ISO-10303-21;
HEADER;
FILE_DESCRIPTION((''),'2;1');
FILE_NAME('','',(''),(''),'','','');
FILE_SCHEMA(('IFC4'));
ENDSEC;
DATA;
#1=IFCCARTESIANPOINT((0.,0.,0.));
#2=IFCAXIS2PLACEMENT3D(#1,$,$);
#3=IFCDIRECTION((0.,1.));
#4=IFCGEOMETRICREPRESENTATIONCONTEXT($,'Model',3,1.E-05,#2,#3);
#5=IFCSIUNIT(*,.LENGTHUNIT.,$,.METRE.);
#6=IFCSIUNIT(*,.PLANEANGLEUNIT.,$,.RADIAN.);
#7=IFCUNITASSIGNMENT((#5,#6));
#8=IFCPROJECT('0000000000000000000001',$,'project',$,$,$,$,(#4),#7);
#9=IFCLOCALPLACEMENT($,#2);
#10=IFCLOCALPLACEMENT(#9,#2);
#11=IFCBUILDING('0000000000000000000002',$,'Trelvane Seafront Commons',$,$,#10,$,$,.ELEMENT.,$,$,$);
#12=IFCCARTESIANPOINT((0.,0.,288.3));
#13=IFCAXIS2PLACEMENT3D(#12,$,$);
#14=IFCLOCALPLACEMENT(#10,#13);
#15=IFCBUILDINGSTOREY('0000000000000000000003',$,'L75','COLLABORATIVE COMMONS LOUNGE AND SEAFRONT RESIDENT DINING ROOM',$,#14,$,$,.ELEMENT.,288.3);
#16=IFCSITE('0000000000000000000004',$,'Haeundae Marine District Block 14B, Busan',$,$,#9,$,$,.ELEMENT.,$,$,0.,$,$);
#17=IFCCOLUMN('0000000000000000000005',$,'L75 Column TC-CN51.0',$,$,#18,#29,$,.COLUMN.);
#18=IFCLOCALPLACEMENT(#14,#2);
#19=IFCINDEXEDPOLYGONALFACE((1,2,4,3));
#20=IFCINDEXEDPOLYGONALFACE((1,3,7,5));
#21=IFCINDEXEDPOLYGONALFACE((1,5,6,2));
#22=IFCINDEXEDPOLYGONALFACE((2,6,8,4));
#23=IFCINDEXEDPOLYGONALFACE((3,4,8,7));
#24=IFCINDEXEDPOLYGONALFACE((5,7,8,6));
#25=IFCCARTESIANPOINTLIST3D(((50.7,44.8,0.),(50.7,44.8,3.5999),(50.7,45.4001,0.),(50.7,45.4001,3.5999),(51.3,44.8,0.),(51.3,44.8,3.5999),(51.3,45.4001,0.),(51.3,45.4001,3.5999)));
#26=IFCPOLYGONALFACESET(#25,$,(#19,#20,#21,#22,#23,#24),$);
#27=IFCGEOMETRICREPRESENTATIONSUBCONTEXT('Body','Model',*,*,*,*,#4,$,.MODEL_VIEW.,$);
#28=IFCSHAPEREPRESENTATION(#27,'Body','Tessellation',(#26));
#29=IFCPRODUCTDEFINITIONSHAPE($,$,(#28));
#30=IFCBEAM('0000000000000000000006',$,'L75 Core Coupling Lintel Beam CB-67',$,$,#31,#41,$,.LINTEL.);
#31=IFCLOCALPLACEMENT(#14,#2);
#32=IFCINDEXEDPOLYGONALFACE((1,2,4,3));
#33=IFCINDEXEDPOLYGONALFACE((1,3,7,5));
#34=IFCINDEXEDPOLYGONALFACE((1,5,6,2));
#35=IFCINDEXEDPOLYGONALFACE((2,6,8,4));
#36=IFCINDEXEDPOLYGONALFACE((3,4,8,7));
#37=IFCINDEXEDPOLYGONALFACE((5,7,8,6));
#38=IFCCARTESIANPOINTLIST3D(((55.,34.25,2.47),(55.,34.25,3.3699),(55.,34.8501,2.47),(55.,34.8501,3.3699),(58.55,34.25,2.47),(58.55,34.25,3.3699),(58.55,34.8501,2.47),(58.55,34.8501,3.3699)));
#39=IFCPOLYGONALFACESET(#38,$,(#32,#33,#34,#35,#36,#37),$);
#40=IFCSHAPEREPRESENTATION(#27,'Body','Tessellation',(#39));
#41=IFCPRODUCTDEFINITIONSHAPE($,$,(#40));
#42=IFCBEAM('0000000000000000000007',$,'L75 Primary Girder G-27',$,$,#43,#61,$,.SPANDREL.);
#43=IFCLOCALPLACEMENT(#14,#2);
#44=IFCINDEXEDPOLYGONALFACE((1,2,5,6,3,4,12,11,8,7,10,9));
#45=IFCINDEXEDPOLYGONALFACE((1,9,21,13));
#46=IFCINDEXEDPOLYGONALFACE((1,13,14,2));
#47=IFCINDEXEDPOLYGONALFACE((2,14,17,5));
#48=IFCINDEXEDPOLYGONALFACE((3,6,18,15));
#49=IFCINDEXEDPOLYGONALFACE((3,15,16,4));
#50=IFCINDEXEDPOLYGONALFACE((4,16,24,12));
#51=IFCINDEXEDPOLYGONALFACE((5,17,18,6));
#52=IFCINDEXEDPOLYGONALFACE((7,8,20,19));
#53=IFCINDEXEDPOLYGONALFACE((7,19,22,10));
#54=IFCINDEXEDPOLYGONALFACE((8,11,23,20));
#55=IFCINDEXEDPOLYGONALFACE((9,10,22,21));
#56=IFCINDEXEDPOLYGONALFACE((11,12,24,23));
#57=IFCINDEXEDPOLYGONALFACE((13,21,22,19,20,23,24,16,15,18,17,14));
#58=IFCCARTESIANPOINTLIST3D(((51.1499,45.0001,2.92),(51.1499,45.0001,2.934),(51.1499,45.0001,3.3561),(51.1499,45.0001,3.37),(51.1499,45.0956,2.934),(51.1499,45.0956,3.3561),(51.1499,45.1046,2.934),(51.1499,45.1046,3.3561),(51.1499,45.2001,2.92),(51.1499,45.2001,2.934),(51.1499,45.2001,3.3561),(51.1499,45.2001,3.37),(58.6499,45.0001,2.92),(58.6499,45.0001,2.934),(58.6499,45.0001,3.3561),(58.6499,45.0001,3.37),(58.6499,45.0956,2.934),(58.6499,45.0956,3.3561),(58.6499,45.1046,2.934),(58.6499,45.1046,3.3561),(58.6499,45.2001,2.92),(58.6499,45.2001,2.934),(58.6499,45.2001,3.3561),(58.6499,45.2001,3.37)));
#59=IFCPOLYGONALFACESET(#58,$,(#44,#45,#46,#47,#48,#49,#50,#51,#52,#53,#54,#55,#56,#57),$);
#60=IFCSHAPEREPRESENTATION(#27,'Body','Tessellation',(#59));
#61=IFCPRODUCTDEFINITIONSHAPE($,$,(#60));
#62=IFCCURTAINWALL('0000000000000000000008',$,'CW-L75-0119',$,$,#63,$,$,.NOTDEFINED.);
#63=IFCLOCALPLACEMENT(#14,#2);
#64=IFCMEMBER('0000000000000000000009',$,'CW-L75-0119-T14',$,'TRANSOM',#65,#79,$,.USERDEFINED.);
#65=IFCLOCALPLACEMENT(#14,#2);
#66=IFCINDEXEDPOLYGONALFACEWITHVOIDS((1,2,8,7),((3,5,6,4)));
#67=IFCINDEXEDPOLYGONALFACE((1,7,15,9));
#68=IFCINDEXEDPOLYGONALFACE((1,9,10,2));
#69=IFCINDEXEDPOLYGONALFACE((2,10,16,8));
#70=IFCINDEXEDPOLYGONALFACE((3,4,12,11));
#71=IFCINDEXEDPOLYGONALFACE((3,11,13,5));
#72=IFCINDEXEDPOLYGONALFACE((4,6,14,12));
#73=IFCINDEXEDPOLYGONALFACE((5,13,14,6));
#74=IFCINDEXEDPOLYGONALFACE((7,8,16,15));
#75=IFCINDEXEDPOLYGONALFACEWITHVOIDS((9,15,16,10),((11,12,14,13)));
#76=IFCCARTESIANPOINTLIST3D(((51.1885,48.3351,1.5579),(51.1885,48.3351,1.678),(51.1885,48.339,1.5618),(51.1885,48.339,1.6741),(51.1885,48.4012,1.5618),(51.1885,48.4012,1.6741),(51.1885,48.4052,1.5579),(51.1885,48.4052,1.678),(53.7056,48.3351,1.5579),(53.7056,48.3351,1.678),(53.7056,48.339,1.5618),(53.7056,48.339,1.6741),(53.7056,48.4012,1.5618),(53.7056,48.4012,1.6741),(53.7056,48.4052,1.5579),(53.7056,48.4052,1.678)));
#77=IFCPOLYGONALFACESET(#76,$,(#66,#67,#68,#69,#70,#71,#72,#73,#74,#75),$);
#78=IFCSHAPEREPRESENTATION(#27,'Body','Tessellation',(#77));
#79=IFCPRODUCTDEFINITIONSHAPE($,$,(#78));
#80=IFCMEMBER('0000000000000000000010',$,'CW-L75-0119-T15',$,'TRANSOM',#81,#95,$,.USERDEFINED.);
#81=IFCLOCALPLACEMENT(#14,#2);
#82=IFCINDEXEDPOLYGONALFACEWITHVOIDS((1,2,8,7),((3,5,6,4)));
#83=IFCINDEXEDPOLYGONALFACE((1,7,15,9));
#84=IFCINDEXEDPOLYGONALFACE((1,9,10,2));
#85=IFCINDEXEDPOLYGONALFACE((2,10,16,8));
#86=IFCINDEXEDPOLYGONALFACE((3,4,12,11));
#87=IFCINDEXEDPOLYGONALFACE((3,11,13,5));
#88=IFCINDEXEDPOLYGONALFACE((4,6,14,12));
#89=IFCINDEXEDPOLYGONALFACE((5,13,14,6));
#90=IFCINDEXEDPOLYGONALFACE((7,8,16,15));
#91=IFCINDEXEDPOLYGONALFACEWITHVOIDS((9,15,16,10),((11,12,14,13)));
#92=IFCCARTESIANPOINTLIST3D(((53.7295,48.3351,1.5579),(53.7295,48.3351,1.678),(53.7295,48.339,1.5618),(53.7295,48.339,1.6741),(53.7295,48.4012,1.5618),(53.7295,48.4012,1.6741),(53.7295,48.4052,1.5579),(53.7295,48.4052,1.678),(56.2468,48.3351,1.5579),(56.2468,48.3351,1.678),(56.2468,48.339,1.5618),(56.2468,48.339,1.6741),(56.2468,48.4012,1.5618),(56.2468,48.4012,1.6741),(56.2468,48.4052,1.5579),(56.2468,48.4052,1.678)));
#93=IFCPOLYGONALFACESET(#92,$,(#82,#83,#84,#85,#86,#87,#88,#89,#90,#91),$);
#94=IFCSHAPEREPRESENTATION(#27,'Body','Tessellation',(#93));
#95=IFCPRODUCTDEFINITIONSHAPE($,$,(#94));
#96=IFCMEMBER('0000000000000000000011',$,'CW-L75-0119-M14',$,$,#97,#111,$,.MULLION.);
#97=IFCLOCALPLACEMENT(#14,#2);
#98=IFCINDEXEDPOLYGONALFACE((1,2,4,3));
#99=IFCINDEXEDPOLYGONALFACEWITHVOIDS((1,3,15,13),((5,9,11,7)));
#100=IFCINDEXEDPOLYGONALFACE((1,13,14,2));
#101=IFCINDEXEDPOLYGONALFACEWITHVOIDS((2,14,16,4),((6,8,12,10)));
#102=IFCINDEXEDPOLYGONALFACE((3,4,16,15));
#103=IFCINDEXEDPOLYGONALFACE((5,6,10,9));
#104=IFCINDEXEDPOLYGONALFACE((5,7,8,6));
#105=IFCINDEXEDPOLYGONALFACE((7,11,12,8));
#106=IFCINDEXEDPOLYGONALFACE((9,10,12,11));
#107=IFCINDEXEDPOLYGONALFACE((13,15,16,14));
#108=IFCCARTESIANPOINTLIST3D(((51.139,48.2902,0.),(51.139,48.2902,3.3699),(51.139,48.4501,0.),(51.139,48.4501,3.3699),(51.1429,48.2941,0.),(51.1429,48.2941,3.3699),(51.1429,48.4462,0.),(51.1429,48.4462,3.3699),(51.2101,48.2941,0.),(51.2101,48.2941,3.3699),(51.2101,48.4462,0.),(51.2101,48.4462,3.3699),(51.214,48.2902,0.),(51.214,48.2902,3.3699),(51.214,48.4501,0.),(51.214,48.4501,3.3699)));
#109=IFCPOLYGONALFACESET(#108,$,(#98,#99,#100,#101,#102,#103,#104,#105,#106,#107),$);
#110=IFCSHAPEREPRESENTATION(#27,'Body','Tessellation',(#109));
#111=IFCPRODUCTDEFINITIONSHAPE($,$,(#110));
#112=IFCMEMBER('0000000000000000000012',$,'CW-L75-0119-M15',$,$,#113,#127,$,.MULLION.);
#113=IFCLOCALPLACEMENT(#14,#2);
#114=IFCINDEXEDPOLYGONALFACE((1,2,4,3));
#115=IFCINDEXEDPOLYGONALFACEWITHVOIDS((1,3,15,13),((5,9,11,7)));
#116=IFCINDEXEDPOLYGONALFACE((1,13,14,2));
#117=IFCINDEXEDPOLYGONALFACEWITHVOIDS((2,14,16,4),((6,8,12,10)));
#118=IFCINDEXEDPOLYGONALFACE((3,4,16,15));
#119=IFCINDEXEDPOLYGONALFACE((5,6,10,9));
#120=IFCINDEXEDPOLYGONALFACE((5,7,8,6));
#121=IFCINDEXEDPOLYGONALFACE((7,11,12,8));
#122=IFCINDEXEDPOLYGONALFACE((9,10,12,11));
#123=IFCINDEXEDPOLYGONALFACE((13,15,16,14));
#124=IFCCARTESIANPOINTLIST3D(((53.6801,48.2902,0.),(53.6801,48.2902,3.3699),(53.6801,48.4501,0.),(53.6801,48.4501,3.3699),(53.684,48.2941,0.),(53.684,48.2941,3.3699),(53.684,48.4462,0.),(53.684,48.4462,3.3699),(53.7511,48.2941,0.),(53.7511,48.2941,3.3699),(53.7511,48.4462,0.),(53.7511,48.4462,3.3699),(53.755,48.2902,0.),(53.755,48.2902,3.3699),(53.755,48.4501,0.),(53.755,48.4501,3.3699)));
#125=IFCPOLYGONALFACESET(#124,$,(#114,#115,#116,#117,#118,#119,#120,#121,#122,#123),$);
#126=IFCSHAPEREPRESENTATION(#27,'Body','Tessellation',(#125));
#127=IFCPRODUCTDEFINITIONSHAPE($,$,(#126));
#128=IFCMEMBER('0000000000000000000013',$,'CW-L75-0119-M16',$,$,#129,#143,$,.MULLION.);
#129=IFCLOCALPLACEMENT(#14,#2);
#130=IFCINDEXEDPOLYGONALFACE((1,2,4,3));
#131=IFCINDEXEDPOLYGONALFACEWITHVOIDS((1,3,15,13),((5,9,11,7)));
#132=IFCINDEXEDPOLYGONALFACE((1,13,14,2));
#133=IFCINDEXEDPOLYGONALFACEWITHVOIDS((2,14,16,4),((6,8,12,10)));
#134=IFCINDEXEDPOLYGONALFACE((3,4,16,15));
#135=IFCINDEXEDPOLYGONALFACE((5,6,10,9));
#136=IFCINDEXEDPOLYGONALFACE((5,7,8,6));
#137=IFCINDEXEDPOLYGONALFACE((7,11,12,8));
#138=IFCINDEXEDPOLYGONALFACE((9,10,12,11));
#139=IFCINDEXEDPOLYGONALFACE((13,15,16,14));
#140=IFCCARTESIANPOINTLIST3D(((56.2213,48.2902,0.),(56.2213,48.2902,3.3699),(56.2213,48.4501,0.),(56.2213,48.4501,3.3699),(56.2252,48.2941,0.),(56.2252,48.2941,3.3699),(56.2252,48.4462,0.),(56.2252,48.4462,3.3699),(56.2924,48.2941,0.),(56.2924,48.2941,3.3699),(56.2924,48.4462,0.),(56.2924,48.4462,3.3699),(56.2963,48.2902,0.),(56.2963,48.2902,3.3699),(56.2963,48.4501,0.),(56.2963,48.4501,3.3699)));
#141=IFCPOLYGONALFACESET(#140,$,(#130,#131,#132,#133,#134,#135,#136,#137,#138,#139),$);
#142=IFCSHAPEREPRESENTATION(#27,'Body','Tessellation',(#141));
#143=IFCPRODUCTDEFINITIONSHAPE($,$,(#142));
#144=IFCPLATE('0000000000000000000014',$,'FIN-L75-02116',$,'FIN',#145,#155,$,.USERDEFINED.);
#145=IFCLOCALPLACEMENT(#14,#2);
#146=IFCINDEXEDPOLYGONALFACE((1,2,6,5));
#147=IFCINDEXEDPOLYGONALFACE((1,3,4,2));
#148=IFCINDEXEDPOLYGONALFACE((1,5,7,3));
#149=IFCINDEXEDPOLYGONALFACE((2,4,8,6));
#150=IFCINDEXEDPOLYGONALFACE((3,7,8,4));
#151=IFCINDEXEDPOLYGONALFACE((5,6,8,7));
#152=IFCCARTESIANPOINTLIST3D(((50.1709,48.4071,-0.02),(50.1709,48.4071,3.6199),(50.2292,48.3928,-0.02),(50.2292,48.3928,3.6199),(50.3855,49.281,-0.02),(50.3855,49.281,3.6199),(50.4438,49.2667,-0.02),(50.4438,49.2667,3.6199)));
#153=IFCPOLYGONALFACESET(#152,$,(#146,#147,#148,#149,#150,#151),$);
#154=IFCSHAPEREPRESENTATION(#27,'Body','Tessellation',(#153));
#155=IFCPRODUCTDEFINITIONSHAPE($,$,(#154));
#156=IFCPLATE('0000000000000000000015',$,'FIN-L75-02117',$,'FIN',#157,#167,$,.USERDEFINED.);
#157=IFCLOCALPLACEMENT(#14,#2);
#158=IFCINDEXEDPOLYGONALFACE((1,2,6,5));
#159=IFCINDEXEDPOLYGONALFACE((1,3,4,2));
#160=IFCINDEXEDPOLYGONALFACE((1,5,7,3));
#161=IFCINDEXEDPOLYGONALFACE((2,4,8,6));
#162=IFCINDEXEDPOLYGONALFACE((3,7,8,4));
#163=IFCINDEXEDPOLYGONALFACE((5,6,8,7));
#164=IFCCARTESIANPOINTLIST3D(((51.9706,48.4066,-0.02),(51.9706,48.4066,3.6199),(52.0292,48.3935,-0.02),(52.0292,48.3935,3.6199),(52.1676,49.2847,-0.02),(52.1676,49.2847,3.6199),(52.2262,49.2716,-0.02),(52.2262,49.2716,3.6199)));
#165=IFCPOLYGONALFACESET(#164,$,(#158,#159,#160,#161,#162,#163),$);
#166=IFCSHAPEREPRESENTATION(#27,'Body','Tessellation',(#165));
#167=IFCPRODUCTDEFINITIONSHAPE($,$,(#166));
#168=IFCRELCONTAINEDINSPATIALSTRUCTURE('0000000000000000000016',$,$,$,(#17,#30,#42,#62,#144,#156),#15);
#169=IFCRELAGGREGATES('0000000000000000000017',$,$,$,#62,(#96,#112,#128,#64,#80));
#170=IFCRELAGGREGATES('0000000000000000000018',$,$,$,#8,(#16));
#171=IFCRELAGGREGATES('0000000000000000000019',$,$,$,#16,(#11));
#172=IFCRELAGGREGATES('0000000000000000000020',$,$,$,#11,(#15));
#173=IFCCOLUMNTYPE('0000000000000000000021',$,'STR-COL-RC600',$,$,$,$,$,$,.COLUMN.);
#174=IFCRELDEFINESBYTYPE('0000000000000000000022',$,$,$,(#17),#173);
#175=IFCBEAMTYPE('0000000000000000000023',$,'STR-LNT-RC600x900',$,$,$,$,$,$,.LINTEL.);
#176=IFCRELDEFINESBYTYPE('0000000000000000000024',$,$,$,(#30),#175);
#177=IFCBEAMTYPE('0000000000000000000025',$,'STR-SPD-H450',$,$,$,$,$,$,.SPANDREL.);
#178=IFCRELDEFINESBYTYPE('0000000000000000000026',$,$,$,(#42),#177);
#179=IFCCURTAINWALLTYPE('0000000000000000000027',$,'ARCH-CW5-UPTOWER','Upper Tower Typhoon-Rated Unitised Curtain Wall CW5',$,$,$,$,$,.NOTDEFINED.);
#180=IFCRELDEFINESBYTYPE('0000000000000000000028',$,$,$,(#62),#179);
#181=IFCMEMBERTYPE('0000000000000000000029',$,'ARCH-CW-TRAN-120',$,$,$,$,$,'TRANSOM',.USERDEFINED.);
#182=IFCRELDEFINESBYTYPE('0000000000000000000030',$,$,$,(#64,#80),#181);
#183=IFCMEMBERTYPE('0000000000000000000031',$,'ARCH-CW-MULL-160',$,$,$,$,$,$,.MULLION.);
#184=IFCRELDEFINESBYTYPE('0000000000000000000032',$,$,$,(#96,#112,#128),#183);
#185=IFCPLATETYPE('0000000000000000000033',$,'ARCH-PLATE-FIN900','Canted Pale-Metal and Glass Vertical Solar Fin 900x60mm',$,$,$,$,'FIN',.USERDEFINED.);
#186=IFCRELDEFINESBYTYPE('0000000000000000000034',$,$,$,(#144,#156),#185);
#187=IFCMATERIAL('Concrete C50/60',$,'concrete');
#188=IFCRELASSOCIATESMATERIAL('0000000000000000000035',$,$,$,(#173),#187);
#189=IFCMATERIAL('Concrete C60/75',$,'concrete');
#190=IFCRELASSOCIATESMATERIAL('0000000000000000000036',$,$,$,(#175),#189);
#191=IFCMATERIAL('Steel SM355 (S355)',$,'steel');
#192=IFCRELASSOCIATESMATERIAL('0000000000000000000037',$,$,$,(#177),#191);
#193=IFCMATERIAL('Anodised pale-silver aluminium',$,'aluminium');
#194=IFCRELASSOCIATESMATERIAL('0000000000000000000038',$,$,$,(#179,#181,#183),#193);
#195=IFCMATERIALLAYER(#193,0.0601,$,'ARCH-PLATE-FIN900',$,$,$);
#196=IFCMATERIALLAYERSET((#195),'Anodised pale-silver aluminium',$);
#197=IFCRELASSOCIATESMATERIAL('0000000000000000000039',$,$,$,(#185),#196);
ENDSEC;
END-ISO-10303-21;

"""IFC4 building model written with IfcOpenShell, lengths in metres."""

from ifc_helpers import new_model, si_unit, direction, frame, origin, origin_2d, place, context, subcontext, project, spatial, rectangle, hollow_rectangle, i_section, extrude, source, transform, mapped, material, layer, layer_set, material_profile, profile_set, type_object, element, aggregate, save


model = new_model("IFC4")

# Units and contexts
model_context = context("Model", 3, precision=1e-05, world=origin(), true_north=direction((0.0, 1.0)))
body_context = subcontext(model_context, "Body", "Model", "MODEL_VIEW")
ifc_project = project(units=[si_unit("LENGTHUNIT", "METRE"), si_unit("PLANEANGLEUNIT", "RADIAN")], contexts=[model_context])

# Site, building, storey
site_placement = place(None, origin())
site = spatial("IfcSite", under=ifc_project, at=site_placement, Name="Haeundae Marine District Block 14B, Busan", CompositionType="ELEMENT", RefElevation=0.0)
building_placement = place(site_placement, origin())
building = spatial("IfcBuilding", under=site, at=building_placement, Name="Trelvane Seafront Commons", CompositionType="ELEMENT")
storey_placement = place(building_placement, frame((0.0, 0.0, 288.3)))
storey = spatial("IfcBuildingStorey", under=building, at=storey_placement, Name="L75", Description="COLLABORATIVE COMMONS LOUNGE AND SEAFRONT RESIDENT DINING ROOM", CompositionType="ELEMENT", Elevation=288.3)

# Column
ifc_material_1 = material(Name="Concrete C50/60", Category="concrete")
ifc_material_profile_1 = material_profile(ifc_material_1, rectangle(XDim=0.6001, YDim=0.6001, at=origin_2d()), Name="RC-600x600")
ifc_profile_set_1 = profile_set([ifc_material_profile_1], Name="Concrete C50/60")
column_type = type_object("IfcColumnType", Name="STR-COL-RC600", PredefinedType="COLUMN", material=ifc_profile_set_1)
shared_shape_1 = source(origin(), body_context, "Body", "SweptSolid", [
    extrude(rectangle(XDim=0.6001, YDim=0.6001, at=origin_2d()), origin(), (0.0, 0.0, 1.0), 3.5999),
])
column_placement = place(storey_placement, frame((51.0, 45.1001, 0.0), z_axis=(0.0, 0.0, 1.0), x_axis=(1.0, 0.0, 0.0)))
element("IfcColumn", 1, at=column_placement, inside=storey, type_object=column_type, Name="L75 Column TC-CN51.0", PredefinedType="COLUMN", context=body_context, shape_type="MappedRepresentation", body=[
    mapped(shared_shape_1, transform((0.0, 0.0, 0.0), x_axis=(1.0, 0.0, 0.0), y_axis=(0.0, 1.0, 0.0), z_axis=(0.0, 0.0, 1.0), scale=1.0)),
])

# Beams
ifc_material_2 = material(Name="Concrete C60/75", Category="concrete")
ifc_material_profile_2 = material_profile(ifc_material_2, rectangle(XDim=0.6001, YDim=0.8999, at=origin_2d()), Name="RC-600x900")
ifc_profile_set_2 = profile_set([ifc_material_profile_2], Name="Concrete C60/75")
beam_type_1 = type_object("IfcBeamType", Name="STR-LNT-RC600x900", PredefinedType="LINTEL", material=ifc_profile_set_2)
shared_shape_2 = source(origin(), body_context, "Body", "SweptSolid", [
    extrude(rectangle(XDim=0.6001, YDim=0.8999, at=origin_2d()), origin(), (0.0, 0.0, 1.0), 3.55),
])
beam_1_placement = place(storey_placement, frame((55.0, 34.55, 2.9199), z_axis=(1.0, 0.0, 0.0), x_axis=(0.0, 1.0, 0.0)))
element("IfcBeam", 2, at=beam_1_placement, inside=storey, type_object=beam_type_1, Name="L75 Core Coupling Lintel Beam CB-67", PredefinedType="LINTEL", context=body_context, shape_type="MappedRepresentation", body=[
    mapped(shared_shape_2, transform((0.0, 0.0, 0.0), x_axis=(1.0, 0.0, 0.0), y_axis=(0.0, 1.0, 0.0), z_axis=(0.0, 0.0, 1.0), scale=1.0)),
])
ifc_material_3 = material(Name="Steel SM355 (S355)", Category="steel")
ifc_material_profile_3 = material_profile(ifc_material_3, i_section(OverallWidth=0.2, OverallDepth=0.45, WebThickness=0.009, FlangeThickness=0.0139, at=origin_2d()), Name="H-450x200x9x14")
ifc_profile_set_3 = profile_set([ifc_material_profile_3], Name="Steel SM355 (S355)")
beam_type_2 = type_object("IfcBeamType", Name="STR-SPD-H450", PredefinedType="SPANDREL", material=ifc_profile_set_3)
shared_shape_3 = source(origin(), body_context, "Body", "SweptSolid", [
    extrude(i_section(OverallWidth=0.2, OverallDepth=0.45, WebThickness=0.009, FlangeThickness=0.0139, at=origin_2d()), origin(), (0.0, 0.0, 1.0), 7.5),
])
beam_2_placement = place(storey_placement, frame((51.1499, 45.1001, 3.145), z_axis=(1.0, 0.0, 0.0), x_axis=(0.0, 1.0, 0.0)))
element("IfcBeam", 3, at=beam_2_placement, inside=storey, type_object=beam_type_2, Name="L75 Primary Girder G-27", PredefinedType="SPANDREL", context=body_context, shape_type="MappedRepresentation", body=[
    mapped(shared_shape_3, transform((0.0, 0.0, 0.0), x_axis=(1.0, 0.0, 0.0), y_axis=(0.0, 1.0, 0.0), z_axis=(0.0, 0.0, 1.0), scale=1.0)),
])

# Curtain wall, members
ifc_material_4 = material(Name="Anodised pale-silver aluminium", Category="aluminium")
curtain_wall_type = type_object("IfcCurtainWallType", Name="ARCH-CW5-UPTOWER", Description="Upper Tower Typhoon-Rated Unitised Curtain Wall CW5", PredefinedType="NOTDEFINED", material=ifc_material_4)
curtain_wall_placement = place(storey_placement, origin())
curtain_wall = element("IfcCurtainWall", 4, at=curtain_wall_placement, inside=storey, type_object=curtain_wall_type, Name="CW-L75-0119", PredefinedType="NOTDEFINED")
ifc_material_profile_4 = material_profile(ifc_material_4, hollow_rectangle(XDim=0.0701, YDim=0.1201, WallThickness=0.0039, at=origin_2d()), Name="TRAN-70x120x4")
ifc_profile_set_4 = profile_set([ifc_material_profile_4], Name="Anodised pale-silver aluminium")
member_type_1 = type_object("IfcMemberType", Name="ARCH-CW-TRAN-120", ElementType="TRANSOM", PredefinedType="USERDEFINED", material=ifc_profile_set_4)
shared_shape_4 = source(origin(), body_context, "Body", "SweptSolid", [
    extrude(hollow_rectangle(XDim=0.0701, YDim=0.1201, WallThickness=0.0039, at=origin_2d()), origin(), (0.0, 0.0, 1.0), 2.5171),
])
member_1_placement = place(storey_placement, frame((51.1885, 48.3701, 1.6179), z_axis=(1.0, 0.0, 0.0), x_axis=(0.0, 1.0, 0.0)))
member_1 = element("IfcMember", 5, at=member_1_placement, type_object=member_type_1, Name="CW-L75-0119-T14", ObjectType="TRANSOM", PredefinedType="USERDEFINED", context=body_context, shape_type="MappedRepresentation", body=[
    mapped(shared_shape_4, transform((0.0, 0.0, 0.0), x_axis=(1.0, 0.0, 0.0), y_axis=(0.0, 1.0, 0.0), z_axis=(0.0, 0.0, 1.0), scale=1.0)),
])
shared_shape_5 = source(origin(), body_context, "Body", "SweptSolid", [
    extrude(hollow_rectangle(XDim=0.0701, YDim=0.1201, WallThickness=0.0039, at=origin_2d()), origin(), (0.0, 0.0, 1.0), 2.5173),
])
member_2_placement = place(storey_placement, frame((53.7295, 48.3701, 1.6179), z_axis=(1.0, 0.0, 0.0), x_axis=(0.0, 1.0, 0.0)))
member_2 = element("IfcMember", 6, at=member_2_placement, type_object=member_type_1, Name="CW-L75-0119-T15", ObjectType="TRANSOM", PredefinedType="USERDEFINED", context=body_context, shape_type="MappedRepresentation", body=[
    mapped(shared_shape_5, transform((0.0, 0.0, 0.0), x_axis=(1.0, 0.0, 0.0), y_axis=(0.0, 1.0, 0.0), z_axis=(0.0, 0.0, 1.0), scale=1.0)),
])
ifc_material_profile_5 = material_profile(ifc_material_4, hollow_rectangle(XDim=0.075, YDim=0.1599, WallThickness=0.0039, at=origin_2d()), Name="MULL-75x160x4")
ifc_profile_set_5 = profile_set([ifc_material_profile_5], Name="Anodised pale-silver aluminium")
member_type_2 = type_object("IfcMemberType", Name="ARCH-CW-MULL-160", PredefinedType="MULLION", material=ifc_profile_set_5)
shared_shape_6 = source(origin(), body_context, "Body", "SweptSolid", [
    extrude(hollow_rectangle(XDim=0.075, YDim=0.1599, WallThickness=0.0039, at=origin_2d()), origin(), (0.0, 0.0, 1.0), 3.3699),
])
member_3_placement = place(storey_placement, frame((51.1765, 48.3701, 0.0), z_axis=(0.0, 0.0, 1.0), x_axis=(1.0, 0.0, 0.0)))
member_3 = element("IfcMember", 7, at=member_3_placement, type_object=member_type_2, Name="CW-L75-0119-M14", PredefinedType="MULLION", context=body_context, shape_type="MappedRepresentation", body=[
    mapped(shared_shape_6, transform((0.0, 0.0, 0.0), x_axis=(1.0, 0.0, 0.0), y_axis=(0.0, 1.0, 0.0), z_axis=(0.0, 0.0, 1.0), scale=1.0)),
])
member_4_placement = place(storey_placement, frame((53.7175, 48.3701, 0.0), z_axis=(0.0, 0.0, 1.0), x_axis=(1.0, 0.0, 0.0)))
member_4 = element("IfcMember", 8, at=member_4_placement, type_object=member_type_2, Name="CW-L75-0119-M15", PredefinedType="MULLION", context=body_context, shape_type="MappedRepresentation", body=[
    mapped(shared_shape_6, transform((0.0, 0.0, 0.0), x_axis=(1.0, 0.0, 0.0), y_axis=(0.0, 1.0, 0.0), z_axis=(0.0, 0.0, 1.0), scale=1.0)),
])
member_5_placement = place(storey_placement, frame((56.2588, 48.3701, 0.0), z_axis=(0.0, 0.0, 1.0), x_axis=(1.0, 0.0, 0.0)))
member_5 = element("IfcMember", 9, at=member_5_placement, type_object=member_type_2, Name="CW-L75-0119-M16", PredefinedType="MULLION", context=body_context, shape_type="MappedRepresentation", body=[
    mapped(shared_shape_6, transform((0.0, 0.0, 0.0), x_axis=(1.0, 0.0, 0.0), y_axis=(0.0, 1.0, 0.0), z_axis=(0.0, 0.0, 1.0), scale=1.0)),
])

# Plates
ifc_layer_1 = layer(ifc_material_4, 0.0601, Name="ARCH-PLATE-FIN900")
ifc_layer_set_1 = layer_set([ifc_layer_1], Name="Anodised pale-silver aluminium")
plate_type_1 = type_object("IfcPlateType", Name="ARCH-PLATE-FIN900", Description="Canted Pale-Metal and Glass Vertical Solar Fin 900x60mm", ElementType="FIN", PredefinedType="USERDEFINED", material=ifc_layer_set_1)
shared_shape_7 = source(origin(), body_context, "Body", "SweptSolid", [
    extrude(rectangle(XDim=0.8999, YDim=0.0601, at=origin_2d()), origin(), (0.0, 0.0, 1.0), 3.6399),
])
for number, where, z_axis, x_axis, name in (
    (10, (50.3074, 48.8369, -0.02), (0.0, 0.0, 1.0), (0.238455, 0.971153, 0.0), "FIN-L75-02116"),
    (11, (52.0984, 48.8391, -0.02), (0.0, 0.0, 1.0), (0.218882, 0.975751, 0.0), "FIN-L75-02117"),
):
    element("IfcPlate", number, at=place(storey_placement, frame(where, z_axis=z_axis, x_axis=x_axis)), inside=storey, type_object=plate_type_1, Name=name, ObjectType="FIN", PredefinedType="USERDEFINED", context=body_context, shape_type="MappedRepresentation", body=[
        mapped(shared_shape_7, transform((0.0, 0.0, 0.0), x_axis=(1.0, 0.0, 0.0), y_axis=(0.0, 1.0, 0.0), z_axis=(0.0, 0.0, 1.0), scale=1.0)),
    ])

aggregate(curtain_wall, [member_3, member_4, member_5, member_1, member_2])

save(model, "model.ifc")
